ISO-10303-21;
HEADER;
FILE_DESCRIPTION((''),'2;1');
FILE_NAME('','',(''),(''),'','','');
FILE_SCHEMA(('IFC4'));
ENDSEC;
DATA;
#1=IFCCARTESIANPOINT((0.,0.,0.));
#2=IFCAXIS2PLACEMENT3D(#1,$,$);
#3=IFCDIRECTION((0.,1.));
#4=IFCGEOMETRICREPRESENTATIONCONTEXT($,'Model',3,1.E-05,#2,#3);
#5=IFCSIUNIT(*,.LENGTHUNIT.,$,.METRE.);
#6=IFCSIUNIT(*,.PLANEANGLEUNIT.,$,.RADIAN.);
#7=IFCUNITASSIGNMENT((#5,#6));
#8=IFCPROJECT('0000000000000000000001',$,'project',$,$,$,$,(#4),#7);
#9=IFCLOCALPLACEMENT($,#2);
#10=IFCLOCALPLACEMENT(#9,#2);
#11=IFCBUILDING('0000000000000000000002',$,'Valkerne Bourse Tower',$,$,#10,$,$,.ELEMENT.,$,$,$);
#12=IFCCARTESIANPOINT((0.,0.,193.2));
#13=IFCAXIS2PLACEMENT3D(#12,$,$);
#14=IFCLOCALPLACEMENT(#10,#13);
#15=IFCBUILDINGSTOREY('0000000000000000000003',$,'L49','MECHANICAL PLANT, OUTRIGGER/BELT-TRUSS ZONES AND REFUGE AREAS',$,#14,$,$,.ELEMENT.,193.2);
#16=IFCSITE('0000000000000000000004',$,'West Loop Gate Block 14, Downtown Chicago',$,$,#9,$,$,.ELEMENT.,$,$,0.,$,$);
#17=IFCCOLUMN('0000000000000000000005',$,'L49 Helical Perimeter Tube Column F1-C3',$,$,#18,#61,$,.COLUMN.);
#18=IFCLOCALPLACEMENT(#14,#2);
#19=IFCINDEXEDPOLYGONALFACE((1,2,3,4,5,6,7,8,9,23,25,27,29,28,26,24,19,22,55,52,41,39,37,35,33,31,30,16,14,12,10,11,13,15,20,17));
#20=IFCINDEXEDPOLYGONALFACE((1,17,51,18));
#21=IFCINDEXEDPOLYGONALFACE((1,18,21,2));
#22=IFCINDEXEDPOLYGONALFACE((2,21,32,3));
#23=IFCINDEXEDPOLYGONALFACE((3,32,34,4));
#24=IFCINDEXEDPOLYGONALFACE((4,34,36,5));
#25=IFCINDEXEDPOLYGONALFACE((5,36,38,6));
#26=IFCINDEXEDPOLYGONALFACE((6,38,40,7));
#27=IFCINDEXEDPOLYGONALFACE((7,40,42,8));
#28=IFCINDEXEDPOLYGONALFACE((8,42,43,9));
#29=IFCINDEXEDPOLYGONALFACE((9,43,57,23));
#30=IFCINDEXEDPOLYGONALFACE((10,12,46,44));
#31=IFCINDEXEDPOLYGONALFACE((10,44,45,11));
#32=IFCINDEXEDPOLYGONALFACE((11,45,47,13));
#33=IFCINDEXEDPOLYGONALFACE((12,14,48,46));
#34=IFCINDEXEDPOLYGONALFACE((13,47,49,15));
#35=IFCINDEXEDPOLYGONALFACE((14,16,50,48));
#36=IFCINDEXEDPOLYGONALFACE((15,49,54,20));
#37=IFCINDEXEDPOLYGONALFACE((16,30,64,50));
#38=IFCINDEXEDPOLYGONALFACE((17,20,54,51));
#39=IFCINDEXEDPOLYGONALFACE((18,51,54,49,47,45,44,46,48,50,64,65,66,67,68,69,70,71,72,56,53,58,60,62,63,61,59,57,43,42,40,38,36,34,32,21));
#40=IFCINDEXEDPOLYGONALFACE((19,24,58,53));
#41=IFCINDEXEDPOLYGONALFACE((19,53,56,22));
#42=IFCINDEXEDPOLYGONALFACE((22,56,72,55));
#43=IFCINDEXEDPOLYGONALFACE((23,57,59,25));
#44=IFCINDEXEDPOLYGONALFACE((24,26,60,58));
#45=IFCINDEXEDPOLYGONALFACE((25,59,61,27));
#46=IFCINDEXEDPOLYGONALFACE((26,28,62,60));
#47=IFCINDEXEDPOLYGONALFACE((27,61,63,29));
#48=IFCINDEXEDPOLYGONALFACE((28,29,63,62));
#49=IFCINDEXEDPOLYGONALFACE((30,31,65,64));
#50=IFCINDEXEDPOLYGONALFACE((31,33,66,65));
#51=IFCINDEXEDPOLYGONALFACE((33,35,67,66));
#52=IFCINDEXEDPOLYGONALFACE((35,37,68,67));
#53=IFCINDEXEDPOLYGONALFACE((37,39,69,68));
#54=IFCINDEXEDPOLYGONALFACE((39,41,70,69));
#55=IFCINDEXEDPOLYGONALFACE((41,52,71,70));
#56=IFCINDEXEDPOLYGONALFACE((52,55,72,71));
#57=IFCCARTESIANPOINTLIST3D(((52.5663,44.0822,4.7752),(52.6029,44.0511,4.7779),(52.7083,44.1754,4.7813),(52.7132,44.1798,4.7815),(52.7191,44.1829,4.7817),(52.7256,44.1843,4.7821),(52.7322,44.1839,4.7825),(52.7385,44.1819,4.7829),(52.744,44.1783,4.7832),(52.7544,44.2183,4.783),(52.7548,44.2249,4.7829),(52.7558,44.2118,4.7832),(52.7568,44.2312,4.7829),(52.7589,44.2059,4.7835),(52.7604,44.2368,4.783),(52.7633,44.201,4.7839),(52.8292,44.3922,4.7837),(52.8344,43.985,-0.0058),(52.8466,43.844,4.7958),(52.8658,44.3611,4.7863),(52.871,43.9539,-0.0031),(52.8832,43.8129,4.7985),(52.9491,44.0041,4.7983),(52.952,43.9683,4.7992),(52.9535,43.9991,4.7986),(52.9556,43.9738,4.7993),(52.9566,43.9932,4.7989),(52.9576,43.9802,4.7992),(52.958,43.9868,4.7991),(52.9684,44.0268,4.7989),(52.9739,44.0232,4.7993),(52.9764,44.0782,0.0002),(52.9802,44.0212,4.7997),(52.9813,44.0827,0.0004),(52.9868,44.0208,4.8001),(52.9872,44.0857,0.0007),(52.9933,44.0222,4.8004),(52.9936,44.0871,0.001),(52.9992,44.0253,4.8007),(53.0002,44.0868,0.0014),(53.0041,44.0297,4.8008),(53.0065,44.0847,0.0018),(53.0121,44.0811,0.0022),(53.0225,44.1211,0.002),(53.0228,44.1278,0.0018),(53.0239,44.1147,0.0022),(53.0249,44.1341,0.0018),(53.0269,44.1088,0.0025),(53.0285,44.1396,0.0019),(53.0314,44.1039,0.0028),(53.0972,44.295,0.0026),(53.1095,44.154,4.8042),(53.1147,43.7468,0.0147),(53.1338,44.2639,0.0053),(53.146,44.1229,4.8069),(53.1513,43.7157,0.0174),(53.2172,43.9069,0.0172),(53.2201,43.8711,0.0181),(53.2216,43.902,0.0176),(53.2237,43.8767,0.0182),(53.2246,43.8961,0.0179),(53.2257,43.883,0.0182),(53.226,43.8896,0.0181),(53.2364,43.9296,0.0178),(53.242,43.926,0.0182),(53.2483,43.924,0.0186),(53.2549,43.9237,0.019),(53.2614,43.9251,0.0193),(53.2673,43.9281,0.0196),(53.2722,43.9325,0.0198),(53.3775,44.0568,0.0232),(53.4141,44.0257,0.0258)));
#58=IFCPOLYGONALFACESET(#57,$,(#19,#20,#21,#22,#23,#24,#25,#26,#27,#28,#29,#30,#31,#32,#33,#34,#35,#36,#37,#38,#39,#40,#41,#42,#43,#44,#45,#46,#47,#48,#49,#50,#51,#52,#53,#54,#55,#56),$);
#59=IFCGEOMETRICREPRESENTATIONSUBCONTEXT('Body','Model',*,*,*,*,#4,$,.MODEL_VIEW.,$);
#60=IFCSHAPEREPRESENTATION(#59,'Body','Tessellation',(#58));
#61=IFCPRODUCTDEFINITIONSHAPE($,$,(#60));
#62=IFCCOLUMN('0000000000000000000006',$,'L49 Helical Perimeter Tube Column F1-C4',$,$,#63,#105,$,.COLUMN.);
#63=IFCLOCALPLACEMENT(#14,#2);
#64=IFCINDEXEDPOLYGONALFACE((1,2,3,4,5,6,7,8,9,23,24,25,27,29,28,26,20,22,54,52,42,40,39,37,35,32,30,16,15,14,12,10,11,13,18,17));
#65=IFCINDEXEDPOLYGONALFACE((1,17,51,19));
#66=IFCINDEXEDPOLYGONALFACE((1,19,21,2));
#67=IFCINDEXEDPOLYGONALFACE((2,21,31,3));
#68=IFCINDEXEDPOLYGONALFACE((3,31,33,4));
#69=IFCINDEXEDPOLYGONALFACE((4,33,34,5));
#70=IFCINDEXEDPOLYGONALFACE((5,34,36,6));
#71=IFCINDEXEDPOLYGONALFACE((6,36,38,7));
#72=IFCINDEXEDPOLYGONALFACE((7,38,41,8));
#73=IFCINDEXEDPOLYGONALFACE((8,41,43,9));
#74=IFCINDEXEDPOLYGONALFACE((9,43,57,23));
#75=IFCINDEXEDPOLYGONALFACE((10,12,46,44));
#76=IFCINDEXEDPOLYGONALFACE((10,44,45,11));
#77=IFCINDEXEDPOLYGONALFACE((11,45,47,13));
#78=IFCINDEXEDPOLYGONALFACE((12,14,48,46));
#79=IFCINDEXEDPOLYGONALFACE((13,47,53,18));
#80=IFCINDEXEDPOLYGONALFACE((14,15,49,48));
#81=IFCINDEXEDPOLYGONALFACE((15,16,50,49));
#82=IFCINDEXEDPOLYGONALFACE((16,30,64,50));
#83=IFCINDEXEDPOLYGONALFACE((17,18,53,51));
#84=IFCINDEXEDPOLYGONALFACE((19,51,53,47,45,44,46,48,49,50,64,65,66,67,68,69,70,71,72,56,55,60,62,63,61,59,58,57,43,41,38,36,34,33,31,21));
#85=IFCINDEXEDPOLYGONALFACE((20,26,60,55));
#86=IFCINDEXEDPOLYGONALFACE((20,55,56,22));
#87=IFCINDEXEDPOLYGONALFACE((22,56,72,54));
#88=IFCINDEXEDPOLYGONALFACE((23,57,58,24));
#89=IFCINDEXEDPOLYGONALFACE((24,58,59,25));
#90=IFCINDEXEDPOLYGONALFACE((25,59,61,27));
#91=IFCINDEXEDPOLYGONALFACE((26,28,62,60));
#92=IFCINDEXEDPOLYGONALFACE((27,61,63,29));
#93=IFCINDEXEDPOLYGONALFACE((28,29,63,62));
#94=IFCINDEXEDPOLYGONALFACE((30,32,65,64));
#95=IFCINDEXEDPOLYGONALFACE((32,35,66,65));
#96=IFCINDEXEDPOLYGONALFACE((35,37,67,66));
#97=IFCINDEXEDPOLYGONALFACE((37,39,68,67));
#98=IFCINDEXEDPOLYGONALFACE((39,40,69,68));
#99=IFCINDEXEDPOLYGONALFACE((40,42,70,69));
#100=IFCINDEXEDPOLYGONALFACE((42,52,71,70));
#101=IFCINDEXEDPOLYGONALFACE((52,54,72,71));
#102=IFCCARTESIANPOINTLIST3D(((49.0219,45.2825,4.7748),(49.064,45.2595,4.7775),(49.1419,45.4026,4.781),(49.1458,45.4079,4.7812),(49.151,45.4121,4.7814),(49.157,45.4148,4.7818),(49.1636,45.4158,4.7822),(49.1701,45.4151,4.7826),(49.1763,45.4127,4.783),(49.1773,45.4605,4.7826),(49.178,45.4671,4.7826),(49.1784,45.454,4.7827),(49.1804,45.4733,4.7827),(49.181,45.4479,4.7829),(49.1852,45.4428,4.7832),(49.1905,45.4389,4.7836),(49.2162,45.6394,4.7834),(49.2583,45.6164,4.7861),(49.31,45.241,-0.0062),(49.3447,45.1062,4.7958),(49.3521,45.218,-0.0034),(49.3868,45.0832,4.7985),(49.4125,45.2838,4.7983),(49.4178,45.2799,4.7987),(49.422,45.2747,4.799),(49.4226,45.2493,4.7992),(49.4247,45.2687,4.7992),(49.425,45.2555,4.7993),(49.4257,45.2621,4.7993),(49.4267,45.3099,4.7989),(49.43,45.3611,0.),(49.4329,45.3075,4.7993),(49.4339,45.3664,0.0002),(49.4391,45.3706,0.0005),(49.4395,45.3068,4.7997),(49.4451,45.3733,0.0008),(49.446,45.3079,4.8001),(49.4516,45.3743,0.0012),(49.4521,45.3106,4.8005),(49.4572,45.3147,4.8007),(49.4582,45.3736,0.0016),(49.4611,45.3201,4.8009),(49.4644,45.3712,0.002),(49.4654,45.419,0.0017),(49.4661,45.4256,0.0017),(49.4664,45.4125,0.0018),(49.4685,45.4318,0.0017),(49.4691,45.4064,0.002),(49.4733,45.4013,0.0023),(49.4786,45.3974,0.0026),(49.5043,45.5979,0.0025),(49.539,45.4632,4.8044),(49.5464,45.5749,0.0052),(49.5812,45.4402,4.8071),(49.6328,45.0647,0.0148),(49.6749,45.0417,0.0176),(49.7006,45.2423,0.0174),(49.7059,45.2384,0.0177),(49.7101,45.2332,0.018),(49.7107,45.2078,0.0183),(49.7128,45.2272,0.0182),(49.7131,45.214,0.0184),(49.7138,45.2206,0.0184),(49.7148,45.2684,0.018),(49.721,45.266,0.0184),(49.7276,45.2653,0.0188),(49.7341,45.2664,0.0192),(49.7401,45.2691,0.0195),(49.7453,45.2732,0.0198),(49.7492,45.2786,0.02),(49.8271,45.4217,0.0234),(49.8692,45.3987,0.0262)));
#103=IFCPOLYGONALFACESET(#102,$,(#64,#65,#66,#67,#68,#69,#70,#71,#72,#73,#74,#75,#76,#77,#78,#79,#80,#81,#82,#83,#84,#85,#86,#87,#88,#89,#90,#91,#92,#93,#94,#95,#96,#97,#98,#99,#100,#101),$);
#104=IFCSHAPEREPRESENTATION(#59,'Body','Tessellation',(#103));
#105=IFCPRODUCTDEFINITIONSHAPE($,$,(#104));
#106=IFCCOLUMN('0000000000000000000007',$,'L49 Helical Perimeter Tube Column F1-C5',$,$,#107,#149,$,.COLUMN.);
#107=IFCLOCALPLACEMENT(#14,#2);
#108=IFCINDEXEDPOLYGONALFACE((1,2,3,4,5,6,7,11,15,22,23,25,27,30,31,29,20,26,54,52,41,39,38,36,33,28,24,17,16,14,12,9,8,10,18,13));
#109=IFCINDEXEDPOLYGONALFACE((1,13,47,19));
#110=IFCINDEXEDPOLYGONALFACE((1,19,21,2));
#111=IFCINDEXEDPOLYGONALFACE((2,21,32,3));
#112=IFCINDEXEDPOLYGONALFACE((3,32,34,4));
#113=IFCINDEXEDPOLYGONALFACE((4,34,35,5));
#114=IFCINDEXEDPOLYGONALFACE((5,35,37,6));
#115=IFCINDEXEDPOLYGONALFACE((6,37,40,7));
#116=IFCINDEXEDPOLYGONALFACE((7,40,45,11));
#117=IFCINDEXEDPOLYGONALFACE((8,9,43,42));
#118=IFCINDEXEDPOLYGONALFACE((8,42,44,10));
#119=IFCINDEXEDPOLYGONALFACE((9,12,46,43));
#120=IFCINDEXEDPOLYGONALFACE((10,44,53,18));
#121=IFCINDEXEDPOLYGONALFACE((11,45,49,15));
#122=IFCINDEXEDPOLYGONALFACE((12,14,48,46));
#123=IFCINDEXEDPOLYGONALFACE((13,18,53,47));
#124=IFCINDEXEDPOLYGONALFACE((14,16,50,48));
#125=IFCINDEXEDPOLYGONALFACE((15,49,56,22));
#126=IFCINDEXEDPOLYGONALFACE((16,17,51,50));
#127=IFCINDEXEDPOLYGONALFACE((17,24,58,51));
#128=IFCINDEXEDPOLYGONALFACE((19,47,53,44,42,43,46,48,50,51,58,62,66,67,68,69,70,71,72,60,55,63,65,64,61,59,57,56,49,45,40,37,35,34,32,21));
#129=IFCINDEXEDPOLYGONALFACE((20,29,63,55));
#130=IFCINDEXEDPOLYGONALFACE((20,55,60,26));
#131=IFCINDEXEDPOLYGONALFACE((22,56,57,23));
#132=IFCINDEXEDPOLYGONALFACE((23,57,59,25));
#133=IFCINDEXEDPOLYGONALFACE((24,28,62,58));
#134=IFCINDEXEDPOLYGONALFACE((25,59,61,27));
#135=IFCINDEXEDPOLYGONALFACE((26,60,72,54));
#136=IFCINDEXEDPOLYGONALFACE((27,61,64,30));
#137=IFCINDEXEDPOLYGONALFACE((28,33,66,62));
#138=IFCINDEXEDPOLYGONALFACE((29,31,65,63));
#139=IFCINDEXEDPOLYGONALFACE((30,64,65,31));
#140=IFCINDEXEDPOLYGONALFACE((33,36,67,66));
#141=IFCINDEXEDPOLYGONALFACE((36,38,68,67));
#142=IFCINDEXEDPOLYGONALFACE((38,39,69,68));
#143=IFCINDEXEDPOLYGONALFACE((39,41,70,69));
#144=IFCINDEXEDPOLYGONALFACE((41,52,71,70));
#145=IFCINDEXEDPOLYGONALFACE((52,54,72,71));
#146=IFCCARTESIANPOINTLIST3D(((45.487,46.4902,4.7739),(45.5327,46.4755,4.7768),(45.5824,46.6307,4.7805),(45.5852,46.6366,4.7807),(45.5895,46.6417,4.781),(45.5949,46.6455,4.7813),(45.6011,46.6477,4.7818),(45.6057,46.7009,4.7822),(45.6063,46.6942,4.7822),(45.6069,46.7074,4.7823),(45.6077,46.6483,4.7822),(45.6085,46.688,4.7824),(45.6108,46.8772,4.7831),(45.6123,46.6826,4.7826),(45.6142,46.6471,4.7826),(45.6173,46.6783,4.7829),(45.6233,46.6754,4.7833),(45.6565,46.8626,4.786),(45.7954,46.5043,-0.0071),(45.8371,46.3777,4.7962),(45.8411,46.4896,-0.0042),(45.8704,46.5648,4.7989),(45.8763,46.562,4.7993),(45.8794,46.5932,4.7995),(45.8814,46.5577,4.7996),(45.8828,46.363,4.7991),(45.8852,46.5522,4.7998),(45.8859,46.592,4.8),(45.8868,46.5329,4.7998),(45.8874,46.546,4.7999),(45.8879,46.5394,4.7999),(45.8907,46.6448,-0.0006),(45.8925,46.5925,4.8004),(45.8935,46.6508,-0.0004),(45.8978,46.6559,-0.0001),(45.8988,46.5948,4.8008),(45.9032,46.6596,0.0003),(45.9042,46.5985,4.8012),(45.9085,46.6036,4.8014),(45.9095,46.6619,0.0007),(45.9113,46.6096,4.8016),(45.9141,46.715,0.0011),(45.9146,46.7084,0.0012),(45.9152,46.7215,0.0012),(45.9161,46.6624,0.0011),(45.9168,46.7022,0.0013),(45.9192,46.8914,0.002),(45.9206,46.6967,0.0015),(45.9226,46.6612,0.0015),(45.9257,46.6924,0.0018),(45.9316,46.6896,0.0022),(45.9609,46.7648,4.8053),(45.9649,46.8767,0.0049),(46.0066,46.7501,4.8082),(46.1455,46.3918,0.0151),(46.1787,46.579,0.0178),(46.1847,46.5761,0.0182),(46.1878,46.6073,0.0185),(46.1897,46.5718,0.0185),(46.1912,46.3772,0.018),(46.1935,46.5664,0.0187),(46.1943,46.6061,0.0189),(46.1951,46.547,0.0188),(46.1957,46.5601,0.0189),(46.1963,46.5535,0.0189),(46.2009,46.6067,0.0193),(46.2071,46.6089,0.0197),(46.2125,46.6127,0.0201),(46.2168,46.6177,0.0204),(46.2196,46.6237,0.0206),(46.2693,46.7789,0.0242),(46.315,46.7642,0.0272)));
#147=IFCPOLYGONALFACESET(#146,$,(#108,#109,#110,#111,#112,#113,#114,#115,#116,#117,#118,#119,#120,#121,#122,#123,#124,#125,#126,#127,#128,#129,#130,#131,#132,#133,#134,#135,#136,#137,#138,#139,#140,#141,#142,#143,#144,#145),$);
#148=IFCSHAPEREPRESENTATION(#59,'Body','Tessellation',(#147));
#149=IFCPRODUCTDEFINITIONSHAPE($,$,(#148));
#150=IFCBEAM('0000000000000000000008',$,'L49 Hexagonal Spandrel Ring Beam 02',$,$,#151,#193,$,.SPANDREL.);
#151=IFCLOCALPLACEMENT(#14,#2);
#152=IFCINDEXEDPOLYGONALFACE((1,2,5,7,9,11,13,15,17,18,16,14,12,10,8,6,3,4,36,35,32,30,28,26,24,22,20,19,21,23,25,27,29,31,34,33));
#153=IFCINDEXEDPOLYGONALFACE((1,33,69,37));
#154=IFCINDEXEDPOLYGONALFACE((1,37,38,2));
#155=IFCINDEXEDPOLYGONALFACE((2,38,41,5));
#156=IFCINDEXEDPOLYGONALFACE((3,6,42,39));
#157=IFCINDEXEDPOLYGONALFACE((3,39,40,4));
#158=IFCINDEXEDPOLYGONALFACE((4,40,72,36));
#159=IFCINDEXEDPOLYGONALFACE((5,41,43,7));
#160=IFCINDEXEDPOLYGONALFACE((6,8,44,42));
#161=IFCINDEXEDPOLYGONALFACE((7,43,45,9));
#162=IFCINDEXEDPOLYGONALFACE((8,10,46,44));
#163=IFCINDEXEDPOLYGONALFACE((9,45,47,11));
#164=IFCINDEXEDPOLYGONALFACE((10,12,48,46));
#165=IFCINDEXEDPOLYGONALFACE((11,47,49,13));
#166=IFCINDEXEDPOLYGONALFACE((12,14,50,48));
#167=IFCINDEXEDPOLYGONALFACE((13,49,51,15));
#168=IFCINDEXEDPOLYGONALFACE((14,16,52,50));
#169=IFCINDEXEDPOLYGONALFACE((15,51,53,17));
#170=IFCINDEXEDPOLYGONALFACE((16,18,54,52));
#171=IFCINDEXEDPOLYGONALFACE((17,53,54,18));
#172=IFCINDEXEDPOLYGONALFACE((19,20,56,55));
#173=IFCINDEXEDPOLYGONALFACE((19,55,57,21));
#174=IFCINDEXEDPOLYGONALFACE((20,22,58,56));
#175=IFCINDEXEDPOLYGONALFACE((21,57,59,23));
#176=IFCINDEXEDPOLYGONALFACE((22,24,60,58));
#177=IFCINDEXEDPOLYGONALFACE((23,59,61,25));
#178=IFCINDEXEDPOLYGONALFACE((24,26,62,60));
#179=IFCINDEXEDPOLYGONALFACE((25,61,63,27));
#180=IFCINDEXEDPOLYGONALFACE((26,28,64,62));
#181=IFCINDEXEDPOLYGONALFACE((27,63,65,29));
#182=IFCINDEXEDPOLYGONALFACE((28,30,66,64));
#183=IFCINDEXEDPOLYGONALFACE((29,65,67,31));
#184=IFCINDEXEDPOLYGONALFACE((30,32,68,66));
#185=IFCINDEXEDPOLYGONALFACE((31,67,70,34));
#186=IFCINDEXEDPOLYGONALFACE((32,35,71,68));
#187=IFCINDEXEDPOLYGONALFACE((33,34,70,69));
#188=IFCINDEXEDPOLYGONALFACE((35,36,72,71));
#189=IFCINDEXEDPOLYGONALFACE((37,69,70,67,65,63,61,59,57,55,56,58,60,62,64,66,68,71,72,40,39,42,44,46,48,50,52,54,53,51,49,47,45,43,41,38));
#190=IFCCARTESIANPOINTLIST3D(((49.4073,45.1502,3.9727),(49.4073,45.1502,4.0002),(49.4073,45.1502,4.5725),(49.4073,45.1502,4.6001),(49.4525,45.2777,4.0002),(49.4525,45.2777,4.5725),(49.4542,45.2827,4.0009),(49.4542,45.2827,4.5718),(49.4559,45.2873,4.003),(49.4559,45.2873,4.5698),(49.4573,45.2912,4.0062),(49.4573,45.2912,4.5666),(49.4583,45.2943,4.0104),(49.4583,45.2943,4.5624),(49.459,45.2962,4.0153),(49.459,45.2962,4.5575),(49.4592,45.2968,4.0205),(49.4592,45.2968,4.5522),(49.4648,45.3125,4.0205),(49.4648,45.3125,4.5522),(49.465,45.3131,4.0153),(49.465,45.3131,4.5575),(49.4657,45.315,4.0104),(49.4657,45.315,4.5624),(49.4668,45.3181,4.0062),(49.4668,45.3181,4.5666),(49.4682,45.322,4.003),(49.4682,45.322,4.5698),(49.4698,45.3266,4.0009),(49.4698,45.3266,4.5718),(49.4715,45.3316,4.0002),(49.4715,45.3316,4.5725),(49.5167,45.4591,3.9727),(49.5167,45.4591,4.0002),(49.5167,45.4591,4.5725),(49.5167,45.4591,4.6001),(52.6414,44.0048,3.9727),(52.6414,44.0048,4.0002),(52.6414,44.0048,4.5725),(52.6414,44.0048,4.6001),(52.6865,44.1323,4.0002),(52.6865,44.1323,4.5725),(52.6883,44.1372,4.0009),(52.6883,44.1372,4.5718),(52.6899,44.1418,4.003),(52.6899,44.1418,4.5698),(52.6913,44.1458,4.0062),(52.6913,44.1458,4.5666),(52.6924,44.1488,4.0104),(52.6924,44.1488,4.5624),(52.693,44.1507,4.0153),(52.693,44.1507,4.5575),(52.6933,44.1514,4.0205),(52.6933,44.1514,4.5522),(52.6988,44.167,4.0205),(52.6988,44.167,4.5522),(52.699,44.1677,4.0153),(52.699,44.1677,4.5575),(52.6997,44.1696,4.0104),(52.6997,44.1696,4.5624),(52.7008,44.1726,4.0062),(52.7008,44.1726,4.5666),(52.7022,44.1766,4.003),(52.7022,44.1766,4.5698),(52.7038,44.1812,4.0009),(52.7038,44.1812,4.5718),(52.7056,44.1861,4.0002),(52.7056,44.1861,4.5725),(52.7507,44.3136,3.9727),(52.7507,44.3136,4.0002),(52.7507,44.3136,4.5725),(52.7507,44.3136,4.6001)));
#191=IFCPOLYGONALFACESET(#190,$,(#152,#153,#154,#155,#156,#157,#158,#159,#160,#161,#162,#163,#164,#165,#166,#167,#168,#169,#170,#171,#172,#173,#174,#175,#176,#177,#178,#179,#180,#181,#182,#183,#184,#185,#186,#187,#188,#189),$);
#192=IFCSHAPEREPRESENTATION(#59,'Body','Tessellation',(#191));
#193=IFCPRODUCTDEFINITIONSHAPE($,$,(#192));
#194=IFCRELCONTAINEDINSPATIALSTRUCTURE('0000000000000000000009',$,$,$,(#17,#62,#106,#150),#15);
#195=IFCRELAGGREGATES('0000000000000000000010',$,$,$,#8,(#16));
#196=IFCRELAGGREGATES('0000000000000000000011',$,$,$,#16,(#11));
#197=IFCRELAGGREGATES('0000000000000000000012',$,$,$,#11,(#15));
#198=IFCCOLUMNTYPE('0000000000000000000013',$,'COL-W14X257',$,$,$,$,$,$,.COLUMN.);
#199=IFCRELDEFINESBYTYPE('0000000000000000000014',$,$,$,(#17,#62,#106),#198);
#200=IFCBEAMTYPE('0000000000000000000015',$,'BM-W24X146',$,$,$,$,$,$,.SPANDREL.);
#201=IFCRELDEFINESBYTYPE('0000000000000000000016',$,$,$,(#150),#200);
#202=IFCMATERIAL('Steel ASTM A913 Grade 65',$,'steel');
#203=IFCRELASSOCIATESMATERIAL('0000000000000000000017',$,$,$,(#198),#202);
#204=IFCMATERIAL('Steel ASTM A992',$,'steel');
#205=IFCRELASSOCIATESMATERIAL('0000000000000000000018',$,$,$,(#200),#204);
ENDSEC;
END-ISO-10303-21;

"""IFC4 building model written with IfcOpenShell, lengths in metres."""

from ifc_helpers import new_model, si_unit, direction, frame, origin, origin_2d, place, context, subcontext, project, spatial, i_section, extrude, material, material_profile, profile_set, type_object, element, save


model = new_model("IFC4")

# Units and contexts
model_context = context("Model", 3, precision=1e-05, world=origin(), true_north=direction((0.0, 1.0)))
body_context = subcontext(model_context, "Body", "Model", "MODEL_VIEW")
ifc_project = project(units=[si_unit("LENGTHUNIT", "METRE"), si_unit("PLANEANGLEUNIT", "RADIAN")], contexts=[model_context])

# Site, building, storey
site_placement = place(None, origin())
site = spatial("IfcSite", under=ifc_project, at=site_placement, Name="West Loop Gate Block 14, Downtown Chicago", CompositionType="ELEMENT", RefElevation=0.0)
building_placement = place(site_placement, origin())
building = spatial("IfcBuilding", under=site, at=building_placement, Name="Valkerne Bourse Tower", CompositionType="ELEMENT")
storey_placement = place(building_placement, frame((0.0, 0.0, 193.2)))
storey = spatial("IfcBuildingStorey", under=building, at=storey_placement, Name="L49", Description="MECHANICAL PLANT, OUTRIGGER/BELT-TRUSS ZONES AND REFUGE AREAS", CompositionType="ELEMENT", Elevation=193.2)

# Columns
ifc_material_1 = material(Name="Steel ASTM A913 Grade 65", Category="steel")
ifc_material_profile_1 = material_profile(ifc_material_1, i_section(OverallWidth=0.4065, OverallDepth=0.4165, WebThickness=0.0298, FlangeThickness=0.0481, FilletRadius=0.0254, at=origin_2d()), Name="W14X257")
ifc_profile_set_1 = profile_set([ifc_material_profile_1], Name="Steel ASTM A913 Grade 65")
column_type = type_object("IfcColumnType", Name="COL-W14X257", PredefinedType="COLUMN", material=ifc_profile_set_1)
column_1_placement = place(storey_placement, frame((53.1243, 44.0054, 0.01), z_axis=(-0.05597, 0.020288, 0.998226), x_axis=(0.646534, 0.762603, 0.020752)))
element("IfcColumn", 1, at=column_1_placement, inside=storey, type_object=column_type, Name="L49 Helical Perimeter Tube Column F1-C3", PredefinedType="COLUMN", context=body_context, shape_type="SweptSolid", body=[
    extrude(i_section(OverallWidth=0.4065, OverallDepth=0.4165, WebThickness=0.0298, FlangeThickness=0.0481, FilletRadius=0.0254, at=origin_2d()), origin(), (0.0, 0.0, 1.0), 4.7896),
])
column_2_placement = place(storey_placement, frame((49.5896, 45.3198, 0.01), z_axis=(-0.060145, 0.008665, 0.998152), x_axis=(0.478025, 0.878091, 0.021181)))
element("IfcColumn", 2, at=column_2_placement, inside=storey, type_object=column_type, Name="L49 Helical Perimeter Tube Column F1-C4", PredefinedType="COLUMN", context=body_context, shape_type="SweptSolid", body=[
    extrude(i_section(OverallWidth=0.4065, OverallDepth=0.4165, WebThickness=0.0298, FlangeThickness=0.0481, FilletRadius=0.0254, at=origin_2d()), origin(), (0.0, 0.0, 1.0), 4.7898),
])
column_3_placement = place(storey_placement, frame((46.0552, 46.6343, 0.01), z_axis=(-0.064361, -0.002956, 0.997922), x_axis=(0.304485, 0.952252, 0.022458)))
element("IfcColumn", 3, at=column_3_placement, inside=storey, type_object=column_type, Name="L49 Helical Perimeter Tube Column F1-C5", PredefinedType="COLUMN", context=body_context, shape_type="SweptSolid", body=[
    extrude(i_section(OverallWidth=0.4065, OverallDepth=0.4165, WebThickness=0.0298, FlangeThickness=0.0481, FilletRadius=0.0254, at=origin_2d()), origin(), (0.0, 0.0, 1.0), 4.791),
])

# Beam
ifc_material_2 = material(Name="Steel ASTM A992", Category="steel")
ifc_material_profile_2 = material_profile(ifc_material_2, i_section(OverallWidth=0.3276, OverallDepth=0.6274, WebThickness=0.0166, FlangeThickness=0.0276, FilletRadius=0.0203, at=origin_2d()), Name="W24X146")
ifc_profile_set_2 = profile_set([ifc_material_profile_2], Name="Steel ASTM A992")
beam_type_1 = type_object("IfcBeamType", Name="BM-W24X146", PredefinedType="SPANDREL", material=ifc_profile_set_2)
beam_1_placement = place(storey_placement, frame((52.696, 44.1592, 4.2864), z_axis=(-0.942619, 0.33387, 0.0), x_axis=(-0.33387, -0.942619, 0.0)))
element("IfcBeam", 4, at=beam_1_placement, inside=storey, type_object=beam_type_1, Name="L49 Hexagonal Spandrel Ring Beam 02", PredefinedType="SPANDREL", context=body_context, shape_type="SweptSolid", body=[
    extrude(i_section(OverallWidth=0.3276, OverallDepth=0.6274, WebThickness=0.0166, FlangeThickness=0.0276, FilletRadius=0.0203, at=origin_2d()), origin(), (0.0, 0.0, 1.0), 3.4309),
])

save(model, "model.ifc")
